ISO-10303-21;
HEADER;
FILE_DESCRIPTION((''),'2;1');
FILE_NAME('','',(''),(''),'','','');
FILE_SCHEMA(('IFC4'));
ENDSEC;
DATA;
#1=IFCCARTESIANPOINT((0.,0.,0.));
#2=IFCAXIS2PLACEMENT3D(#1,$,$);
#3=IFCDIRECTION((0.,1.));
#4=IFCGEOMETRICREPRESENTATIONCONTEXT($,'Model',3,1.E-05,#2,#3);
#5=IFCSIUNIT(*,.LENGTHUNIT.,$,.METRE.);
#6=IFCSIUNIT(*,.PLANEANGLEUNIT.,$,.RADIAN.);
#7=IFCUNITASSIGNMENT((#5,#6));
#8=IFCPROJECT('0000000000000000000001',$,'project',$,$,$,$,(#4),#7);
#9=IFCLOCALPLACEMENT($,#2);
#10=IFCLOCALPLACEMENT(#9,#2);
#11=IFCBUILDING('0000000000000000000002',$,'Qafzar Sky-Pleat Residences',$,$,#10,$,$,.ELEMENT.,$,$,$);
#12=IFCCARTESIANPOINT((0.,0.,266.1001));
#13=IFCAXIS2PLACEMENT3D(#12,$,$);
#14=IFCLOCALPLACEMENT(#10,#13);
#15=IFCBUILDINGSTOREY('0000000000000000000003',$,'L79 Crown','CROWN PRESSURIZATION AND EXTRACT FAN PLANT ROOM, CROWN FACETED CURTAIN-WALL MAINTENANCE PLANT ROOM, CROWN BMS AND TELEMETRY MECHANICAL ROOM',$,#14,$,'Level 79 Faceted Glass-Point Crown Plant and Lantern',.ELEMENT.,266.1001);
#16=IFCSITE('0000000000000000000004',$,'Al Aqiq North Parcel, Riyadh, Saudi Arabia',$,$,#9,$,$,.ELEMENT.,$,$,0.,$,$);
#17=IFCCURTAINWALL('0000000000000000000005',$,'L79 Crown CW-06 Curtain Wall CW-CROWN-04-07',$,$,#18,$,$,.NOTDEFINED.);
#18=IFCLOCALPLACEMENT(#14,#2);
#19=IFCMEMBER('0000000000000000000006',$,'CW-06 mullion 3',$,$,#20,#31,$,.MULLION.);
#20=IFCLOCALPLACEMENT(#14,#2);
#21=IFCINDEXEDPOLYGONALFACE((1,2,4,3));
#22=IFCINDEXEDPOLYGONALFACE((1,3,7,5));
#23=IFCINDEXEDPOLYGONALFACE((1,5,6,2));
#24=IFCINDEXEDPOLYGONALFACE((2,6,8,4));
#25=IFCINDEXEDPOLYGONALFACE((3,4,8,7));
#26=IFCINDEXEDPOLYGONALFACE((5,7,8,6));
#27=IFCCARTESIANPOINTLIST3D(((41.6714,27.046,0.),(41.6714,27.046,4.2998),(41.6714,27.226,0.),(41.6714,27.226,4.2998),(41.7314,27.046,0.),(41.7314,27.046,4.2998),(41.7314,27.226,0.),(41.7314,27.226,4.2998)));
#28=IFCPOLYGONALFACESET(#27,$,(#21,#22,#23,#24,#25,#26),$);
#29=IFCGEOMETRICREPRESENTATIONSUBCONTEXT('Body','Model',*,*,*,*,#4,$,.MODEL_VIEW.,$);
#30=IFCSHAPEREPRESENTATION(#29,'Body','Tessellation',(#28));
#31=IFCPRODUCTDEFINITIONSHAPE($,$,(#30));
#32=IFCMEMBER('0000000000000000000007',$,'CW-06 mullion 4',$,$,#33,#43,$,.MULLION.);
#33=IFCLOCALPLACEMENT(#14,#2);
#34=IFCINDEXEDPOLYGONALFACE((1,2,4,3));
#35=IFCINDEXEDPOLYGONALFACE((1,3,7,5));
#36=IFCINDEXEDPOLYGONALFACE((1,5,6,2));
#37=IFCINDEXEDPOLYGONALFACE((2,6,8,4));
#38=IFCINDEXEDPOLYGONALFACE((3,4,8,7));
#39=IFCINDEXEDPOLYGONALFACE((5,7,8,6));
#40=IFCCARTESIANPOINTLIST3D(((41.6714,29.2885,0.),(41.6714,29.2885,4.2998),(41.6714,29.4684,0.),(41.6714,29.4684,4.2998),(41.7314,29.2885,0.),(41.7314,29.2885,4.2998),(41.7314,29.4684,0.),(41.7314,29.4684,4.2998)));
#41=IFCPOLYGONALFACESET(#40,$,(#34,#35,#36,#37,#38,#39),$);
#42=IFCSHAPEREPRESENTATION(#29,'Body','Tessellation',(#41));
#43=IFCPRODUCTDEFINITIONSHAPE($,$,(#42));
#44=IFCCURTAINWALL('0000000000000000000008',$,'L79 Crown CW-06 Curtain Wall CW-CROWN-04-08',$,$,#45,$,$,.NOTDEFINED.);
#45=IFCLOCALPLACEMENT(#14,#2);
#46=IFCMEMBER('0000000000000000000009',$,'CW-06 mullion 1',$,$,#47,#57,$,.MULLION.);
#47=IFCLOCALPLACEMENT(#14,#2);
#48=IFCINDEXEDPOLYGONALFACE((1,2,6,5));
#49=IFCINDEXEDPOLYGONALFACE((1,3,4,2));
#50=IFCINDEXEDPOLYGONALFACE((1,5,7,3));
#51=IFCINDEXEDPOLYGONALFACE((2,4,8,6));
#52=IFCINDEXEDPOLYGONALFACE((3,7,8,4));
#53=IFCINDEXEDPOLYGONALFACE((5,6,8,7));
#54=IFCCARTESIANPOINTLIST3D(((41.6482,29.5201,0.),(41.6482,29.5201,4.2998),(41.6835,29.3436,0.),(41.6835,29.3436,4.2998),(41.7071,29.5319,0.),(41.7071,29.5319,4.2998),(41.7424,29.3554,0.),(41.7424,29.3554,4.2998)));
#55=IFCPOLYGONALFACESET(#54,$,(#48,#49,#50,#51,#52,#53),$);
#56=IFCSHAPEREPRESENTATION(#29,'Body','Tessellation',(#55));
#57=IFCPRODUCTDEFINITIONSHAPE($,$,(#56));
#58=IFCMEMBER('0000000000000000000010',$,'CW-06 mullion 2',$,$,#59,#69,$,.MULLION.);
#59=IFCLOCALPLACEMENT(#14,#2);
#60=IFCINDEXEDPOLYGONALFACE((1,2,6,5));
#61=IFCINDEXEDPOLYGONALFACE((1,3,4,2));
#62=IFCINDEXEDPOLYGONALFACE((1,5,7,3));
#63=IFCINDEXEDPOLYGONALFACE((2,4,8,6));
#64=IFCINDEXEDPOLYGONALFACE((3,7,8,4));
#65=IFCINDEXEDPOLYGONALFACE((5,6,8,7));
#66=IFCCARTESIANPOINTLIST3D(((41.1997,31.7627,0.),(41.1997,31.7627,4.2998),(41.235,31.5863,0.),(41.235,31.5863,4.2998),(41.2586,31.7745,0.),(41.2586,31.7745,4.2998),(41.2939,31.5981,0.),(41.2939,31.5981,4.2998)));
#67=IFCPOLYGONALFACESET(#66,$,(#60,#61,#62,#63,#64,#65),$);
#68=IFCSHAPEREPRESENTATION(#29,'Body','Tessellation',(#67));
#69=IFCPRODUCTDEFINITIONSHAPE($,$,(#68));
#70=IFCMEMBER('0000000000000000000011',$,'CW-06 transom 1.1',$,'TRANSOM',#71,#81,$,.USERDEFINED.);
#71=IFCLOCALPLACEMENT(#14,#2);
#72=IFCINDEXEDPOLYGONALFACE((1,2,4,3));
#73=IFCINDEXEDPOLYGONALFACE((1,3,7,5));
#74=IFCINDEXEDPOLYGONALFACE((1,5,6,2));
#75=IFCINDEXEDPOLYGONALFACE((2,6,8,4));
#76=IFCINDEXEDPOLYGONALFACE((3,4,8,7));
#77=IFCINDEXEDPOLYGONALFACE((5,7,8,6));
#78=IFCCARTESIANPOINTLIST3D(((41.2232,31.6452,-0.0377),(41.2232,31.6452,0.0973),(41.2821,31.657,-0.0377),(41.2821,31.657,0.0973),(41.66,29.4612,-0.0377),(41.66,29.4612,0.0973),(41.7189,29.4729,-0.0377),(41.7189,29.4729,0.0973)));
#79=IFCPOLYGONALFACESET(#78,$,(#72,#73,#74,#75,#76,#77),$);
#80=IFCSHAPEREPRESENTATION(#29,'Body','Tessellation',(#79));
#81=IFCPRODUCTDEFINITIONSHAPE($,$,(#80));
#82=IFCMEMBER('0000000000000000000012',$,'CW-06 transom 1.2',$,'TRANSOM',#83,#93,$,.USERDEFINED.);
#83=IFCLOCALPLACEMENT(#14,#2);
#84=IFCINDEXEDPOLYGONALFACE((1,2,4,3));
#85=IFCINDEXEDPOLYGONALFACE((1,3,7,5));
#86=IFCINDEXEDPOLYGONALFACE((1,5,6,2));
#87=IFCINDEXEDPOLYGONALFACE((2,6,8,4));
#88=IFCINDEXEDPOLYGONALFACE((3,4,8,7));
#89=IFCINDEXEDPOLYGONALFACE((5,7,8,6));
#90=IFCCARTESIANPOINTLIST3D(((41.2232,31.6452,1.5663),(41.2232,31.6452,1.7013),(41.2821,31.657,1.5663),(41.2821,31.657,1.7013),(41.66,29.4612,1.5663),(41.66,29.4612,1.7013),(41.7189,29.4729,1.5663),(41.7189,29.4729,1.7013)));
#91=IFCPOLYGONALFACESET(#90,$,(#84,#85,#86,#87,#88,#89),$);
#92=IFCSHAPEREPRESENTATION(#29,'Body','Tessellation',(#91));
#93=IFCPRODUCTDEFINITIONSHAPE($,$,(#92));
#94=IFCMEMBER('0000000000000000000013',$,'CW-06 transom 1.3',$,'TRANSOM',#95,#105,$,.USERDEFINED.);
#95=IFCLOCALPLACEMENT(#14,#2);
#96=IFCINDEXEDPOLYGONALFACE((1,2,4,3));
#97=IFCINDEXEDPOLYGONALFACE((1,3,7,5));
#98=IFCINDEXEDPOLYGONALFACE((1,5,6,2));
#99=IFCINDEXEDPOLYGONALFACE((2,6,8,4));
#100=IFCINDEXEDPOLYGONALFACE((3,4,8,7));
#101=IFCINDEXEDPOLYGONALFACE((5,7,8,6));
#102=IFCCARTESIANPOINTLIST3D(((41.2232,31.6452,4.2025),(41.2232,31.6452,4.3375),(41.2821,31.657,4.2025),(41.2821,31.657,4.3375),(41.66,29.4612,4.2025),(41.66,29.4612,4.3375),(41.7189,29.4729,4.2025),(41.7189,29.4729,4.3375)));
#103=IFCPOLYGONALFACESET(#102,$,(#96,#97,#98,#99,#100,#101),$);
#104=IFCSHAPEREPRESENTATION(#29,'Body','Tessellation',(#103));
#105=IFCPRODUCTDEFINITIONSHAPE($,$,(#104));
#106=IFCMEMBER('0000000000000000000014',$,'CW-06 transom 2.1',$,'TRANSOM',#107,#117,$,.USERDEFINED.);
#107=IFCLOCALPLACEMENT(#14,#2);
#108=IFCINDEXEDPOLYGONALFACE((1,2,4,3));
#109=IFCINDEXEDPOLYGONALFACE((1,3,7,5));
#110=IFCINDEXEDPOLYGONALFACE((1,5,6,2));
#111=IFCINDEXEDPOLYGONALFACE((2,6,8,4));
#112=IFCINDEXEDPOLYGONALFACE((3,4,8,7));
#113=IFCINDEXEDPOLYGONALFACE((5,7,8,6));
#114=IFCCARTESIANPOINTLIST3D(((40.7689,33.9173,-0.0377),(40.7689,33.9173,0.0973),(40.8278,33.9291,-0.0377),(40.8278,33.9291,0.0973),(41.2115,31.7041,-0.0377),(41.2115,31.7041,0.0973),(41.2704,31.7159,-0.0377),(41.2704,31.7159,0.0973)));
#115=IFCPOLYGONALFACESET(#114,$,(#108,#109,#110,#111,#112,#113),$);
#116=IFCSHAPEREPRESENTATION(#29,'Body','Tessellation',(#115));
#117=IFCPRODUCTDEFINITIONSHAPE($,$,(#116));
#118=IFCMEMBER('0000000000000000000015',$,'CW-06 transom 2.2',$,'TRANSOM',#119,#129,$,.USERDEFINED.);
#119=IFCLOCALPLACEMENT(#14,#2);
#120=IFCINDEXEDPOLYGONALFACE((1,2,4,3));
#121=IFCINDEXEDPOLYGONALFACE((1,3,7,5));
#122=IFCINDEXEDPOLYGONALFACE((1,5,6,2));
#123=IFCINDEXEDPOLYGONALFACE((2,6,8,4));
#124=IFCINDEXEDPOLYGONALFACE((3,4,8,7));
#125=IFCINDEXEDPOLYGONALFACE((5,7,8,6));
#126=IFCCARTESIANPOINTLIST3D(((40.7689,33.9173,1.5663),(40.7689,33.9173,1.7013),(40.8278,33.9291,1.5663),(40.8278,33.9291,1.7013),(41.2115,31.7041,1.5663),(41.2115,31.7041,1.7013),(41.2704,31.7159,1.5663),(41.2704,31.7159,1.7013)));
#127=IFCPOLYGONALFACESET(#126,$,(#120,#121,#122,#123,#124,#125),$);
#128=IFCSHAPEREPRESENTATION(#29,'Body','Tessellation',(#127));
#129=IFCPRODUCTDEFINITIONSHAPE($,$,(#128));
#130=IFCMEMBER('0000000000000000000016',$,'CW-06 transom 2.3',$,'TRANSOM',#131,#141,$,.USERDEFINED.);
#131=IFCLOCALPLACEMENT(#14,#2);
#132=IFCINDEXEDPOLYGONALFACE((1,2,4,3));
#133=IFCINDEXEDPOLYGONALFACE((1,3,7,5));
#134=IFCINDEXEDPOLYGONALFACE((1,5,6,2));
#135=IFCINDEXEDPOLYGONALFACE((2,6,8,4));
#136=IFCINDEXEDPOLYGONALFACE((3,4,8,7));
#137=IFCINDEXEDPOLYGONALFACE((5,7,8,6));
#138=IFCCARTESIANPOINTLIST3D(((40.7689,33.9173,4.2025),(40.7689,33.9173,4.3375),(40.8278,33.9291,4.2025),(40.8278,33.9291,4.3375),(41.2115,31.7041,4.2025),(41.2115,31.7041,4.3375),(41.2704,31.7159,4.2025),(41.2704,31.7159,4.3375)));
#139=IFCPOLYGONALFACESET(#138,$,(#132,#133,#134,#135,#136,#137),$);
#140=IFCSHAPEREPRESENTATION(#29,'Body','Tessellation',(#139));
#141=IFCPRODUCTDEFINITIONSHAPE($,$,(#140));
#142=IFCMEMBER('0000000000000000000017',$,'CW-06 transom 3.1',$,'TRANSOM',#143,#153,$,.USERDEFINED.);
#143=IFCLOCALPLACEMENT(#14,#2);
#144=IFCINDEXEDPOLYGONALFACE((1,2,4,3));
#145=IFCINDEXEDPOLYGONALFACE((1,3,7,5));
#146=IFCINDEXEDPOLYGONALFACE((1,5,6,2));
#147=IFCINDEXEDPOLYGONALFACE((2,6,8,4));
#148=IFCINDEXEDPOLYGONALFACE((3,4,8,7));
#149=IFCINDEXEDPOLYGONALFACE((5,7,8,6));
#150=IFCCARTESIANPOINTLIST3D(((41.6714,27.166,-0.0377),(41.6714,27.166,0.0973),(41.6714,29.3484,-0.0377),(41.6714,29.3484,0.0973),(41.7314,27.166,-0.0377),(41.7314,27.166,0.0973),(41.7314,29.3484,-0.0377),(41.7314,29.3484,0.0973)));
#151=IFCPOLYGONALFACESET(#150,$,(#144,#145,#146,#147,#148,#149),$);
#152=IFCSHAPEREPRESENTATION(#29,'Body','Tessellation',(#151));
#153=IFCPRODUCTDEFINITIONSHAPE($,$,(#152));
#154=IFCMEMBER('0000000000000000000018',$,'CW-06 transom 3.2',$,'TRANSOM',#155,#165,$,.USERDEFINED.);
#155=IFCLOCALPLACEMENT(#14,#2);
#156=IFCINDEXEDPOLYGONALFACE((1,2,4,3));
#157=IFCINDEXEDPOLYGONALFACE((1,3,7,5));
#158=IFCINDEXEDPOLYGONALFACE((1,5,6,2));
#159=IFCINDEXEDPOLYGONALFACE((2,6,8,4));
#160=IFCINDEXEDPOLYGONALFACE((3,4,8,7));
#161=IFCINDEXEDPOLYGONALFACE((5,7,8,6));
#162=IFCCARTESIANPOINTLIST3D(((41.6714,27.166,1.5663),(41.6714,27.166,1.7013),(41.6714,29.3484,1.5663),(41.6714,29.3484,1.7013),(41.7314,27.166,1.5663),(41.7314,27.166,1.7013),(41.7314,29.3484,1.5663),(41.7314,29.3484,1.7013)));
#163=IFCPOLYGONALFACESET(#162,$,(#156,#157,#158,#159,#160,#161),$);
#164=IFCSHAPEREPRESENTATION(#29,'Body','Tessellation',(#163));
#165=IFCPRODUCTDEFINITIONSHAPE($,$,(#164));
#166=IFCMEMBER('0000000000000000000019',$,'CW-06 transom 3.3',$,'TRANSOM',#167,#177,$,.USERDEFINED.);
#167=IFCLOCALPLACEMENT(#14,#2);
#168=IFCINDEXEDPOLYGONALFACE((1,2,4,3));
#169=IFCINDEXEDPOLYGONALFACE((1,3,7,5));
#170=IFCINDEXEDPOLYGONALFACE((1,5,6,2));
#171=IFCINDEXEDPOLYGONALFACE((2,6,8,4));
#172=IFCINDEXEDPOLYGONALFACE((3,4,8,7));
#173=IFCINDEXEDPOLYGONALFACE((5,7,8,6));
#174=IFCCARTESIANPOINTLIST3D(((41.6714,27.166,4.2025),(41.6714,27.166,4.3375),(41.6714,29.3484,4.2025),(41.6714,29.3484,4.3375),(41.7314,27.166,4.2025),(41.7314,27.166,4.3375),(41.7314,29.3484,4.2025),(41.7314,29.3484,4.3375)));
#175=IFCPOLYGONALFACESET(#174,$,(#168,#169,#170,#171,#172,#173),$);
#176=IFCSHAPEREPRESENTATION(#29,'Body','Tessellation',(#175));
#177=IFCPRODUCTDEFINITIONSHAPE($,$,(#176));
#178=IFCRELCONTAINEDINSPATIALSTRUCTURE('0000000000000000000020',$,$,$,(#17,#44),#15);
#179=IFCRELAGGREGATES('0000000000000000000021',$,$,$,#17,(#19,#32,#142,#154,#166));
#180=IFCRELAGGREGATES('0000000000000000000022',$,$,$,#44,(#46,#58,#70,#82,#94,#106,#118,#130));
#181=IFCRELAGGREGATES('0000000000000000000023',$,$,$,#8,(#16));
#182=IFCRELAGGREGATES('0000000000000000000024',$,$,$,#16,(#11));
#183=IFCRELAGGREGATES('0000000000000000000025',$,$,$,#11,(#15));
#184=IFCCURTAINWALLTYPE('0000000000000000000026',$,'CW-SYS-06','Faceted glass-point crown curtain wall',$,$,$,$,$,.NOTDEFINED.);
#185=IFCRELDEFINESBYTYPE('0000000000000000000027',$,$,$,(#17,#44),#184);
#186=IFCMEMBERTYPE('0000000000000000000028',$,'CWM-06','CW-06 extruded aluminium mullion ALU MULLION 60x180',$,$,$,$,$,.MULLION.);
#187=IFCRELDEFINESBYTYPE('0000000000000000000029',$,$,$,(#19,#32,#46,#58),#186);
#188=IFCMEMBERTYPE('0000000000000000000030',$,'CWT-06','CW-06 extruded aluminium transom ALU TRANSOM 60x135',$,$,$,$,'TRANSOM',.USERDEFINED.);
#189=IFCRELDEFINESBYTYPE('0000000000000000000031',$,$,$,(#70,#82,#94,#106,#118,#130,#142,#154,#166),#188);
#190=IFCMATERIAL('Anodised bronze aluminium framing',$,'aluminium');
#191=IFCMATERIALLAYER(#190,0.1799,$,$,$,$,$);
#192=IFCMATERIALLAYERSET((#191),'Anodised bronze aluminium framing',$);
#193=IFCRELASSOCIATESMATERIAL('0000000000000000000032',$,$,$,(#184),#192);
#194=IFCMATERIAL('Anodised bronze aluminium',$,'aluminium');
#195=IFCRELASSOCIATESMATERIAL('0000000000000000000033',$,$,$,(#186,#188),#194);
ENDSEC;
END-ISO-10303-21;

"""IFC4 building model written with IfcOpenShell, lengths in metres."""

from ifc_helpers import new_model, si_unit, direction, frame, origin, origin_2d, place, context, subcontext, project, spatial, rectangle, extrude, source, transform, mapped, material, layer, layer_set, material_profile, profile_set, type_object, element, aggregate, save


model = new_model("IFC4")

# Units and contexts
model_context = context("Model", 3, precision=1e-05, world=origin(), true_north=direction((0.0, 1.0)))
body_context = subcontext(model_context, "Body", "Model", "MODEL_VIEW")
ifc_project = project(units=[si_unit("LENGTHUNIT", "METRE"), si_unit("PLANEANGLEUNIT", "RADIAN")], contexts=[model_context])

# Site, building, storey
site_placement = place(None, origin())
site = spatial("IfcSite", under=ifc_project, at=site_placement, Name="Al Aqiq North Parcel, Riyadh, Saudi Arabia", CompositionType="ELEMENT", RefElevation=0.0)
building_placement = place(site_placement, origin())
building = spatial("IfcBuilding", under=site, at=building_placement, Name="Qafzar Sky-Pleat Residences", CompositionType="ELEMENT")
storey_placement = place(building_placement, frame((0.0, 0.0, 266.1001)))
storey = spatial("IfcBuildingStorey", under=building, at=storey_placement, Name="L79 Crown", Description="CROWN PRESSURIZATION AND EXTRACT FAN PLANT ROOM, CROWN FACETED CURTAIN-WALL MAINTENANCE PLANT ROOM, CROWN BMS AND TELEMETRY MECHANICAL ROOM", LongName="Level 79 Faceted Glass-Point Crown Plant and Lantern", CompositionType="ELEMENT", Elevation=266.1001)

# Curtain walls, members
ifc_material_1 = material(Name="Anodised bronze aluminium framing", Category="aluminium")
ifc_layer_1 = layer(ifc_material_1, 0.1799)
ifc_layer_set_1 = layer_set([ifc_layer_1], Name="Anodised bronze aluminium framing")
curtain_wall_type = type_object("IfcCurtainWallType", Name="CW-SYS-06", Description="Faceted glass-point crown curtain wall", PredefinedType="NOTDEFINED", material=ifc_layer_set_1)
curtain_wall_1_placement = place(storey_placement, origin())
curtain_wall_1 = element("IfcCurtainWall", 1, at=curtain_wall_1_placement, inside=storey, type_object=curtain_wall_type, Name="L79 Crown CW-06 Curtain Wall CW-CROWN-04-07", PredefinedType="NOTDEFINED")
ifc_material_2 = material(Name="Anodised bronze aluminium", Category="aluminium")
ifc_material_profile_1 = material_profile(ifc_material_2, rectangle(XDim=0.0601, YDim=0.1799, at=origin_2d()), Name="ALU MULLION 60x180")
ifc_profile_set_1 = profile_set([ifc_material_profile_1], Name="Anodised bronze aluminium")
member_type_1 = type_object("IfcMemberType", Name="CWM-06", Description="CW-06 extruded aluminium mullion ALU MULLION 60x180", PredefinedType="MULLION", material=ifc_profile_set_1)
shared_shape_1 = source(origin(), body_context, "Body", "SweptSolid", [
    extrude(rectangle(XDim=0.0601, YDim=0.1799, at=origin_2d()), origin(), (0.0, 0.0, 1.0), 4.2998),
])
member_1_placement = place(storey_placement, frame((41.7014, 27.136, 0.0), z_axis=(0.0, 0.0, 1.0), x_axis=(-1.0, 0.0, 0.0)))
member_1 = element("IfcMember", 2, at=member_1_placement, type_object=member_type_1, Name="CW-06 mullion 3", PredefinedType="MULLION", context=body_context, shape_type="MappedRepresentation", body=[
    mapped(shared_shape_1, transform((0.0, 0.0, 0.0), x_axis=(1.0, 0.0, 0.0), y_axis=(0.0, 1.0, 0.0), z_axis=(0.0, 0.0, 1.0), scale=1.0)),
])
member_2_placement = place(storey_placement, frame((41.7014, 29.3784, 0.0), z_axis=(0.0, 0.0, 1.0), x_axis=(-1.0, 0.0, 0.0)))
member_2 = element("IfcMember", 3, at=member_2_placement, type_object=member_type_1, Name="CW-06 mullion 4", PredefinedType="MULLION", context=body_context, shape_type="MappedRepresentation", body=[
    mapped(shared_shape_1, transform((0.0, 0.0, 0.0), x_axis=(1.0, 0.0, 0.0), y_axis=(0.0, 1.0, 0.0), z_axis=(0.0, 0.0, 1.0), scale=1.0)),
])
curtain_wall_2_placement = place(storey_placement, origin())
curtain_wall_2 = element("IfcCurtainWall", 4, at=curtain_wall_2_placement, inside=storey, type_object=curtain_wall_type, Name="L79 Crown CW-06 Curtain Wall CW-CROWN-04-08", PredefinedType="NOTDEFINED")
member_3_placement = place(storey_placement, frame((41.6953, 29.4377, 0.0), z_axis=(0.0, 0.0, 1.0), x_axis=(-0.980581, -0.196116, 0.0)))
member_3 = element("IfcMember", 5, at=member_3_placement, type_object=member_type_1, Name="CW-06 mullion 1", PredefinedType="MULLION", context=body_context, shape_type="MappedRepresentation", body=[
    mapped(shared_shape_1, transform((0.0, 0.0, 0.0), x_axis=(1.0, 0.0, 0.0), y_axis=(0.0, 1.0, 0.0), z_axis=(0.0, 0.0, 1.0), scale=1.0)),
])
member_4_placement = place(storey_placement, frame((41.2468, 31.6804, 0.0), z_axis=(0.0, 0.0, 1.0), x_axis=(-0.980581, -0.196116, 0.0)))
member_4 = element("IfcMember", 6, at=member_4_placement, type_object=member_type_1, Name="CW-06 mullion 2", PredefinedType="MULLION", context=body_context, shape_type="MappedRepresentation", body=[
    mapped(shared_shape_1, transform((0.0, 0.0, 0.0), x_axis=(1.0, 0.0, 0.0), y_axis=(0.0, 1.0, 0.0), z_axis=(0.0, 0.0, 1.0), scale=1.0)),
])
ifc_material_profile_2 = material_profile(ifc_material_2, rectangle(XDim=0.0601, YDim=0.135, at=origin_2d()), Name="ALU TRANSOM 60x135")
ifc_profile_set_2 = profile_set([ifc_material_profile_2], Name="Anodised bronze aluminium")
member_type_2 = type_object("IfcMemberType", Name="CWT-06", Description="CW-06 extruded aluminium transom ALU TRANSOM 60x135", ElementType="TRANSOM", PredefinedType="USERDEFINED", material=ifc_profile_set_2)
shared_shape_2 = source(origin(), body_context, "Body", "SweptSolid", [
    extrude(rectangle(XDim=0.0601, YDim=0.135, at=origin_2d()), origin(), (0.0, 0.0, 1.0), 2.2273),
])
member_5_placement = place(storey_placement, frame((41.6895, 29.467, 0.0298), z_axis=(-0.196095, 0.980585, 0.0), x_axis=(-0.980585, -0.196095, 0.0)))
member_5 = element("IfcMember", 7, at=member_5_placement, type_object=member_type_2, Name="CW-06 transom 1.1", ObjectType="TRANSOM", PredefinedType="USERDEFINED", context=body_context, shape_type="MappedRepresentation", body=[
    mapped(shared_shape_2, transform((0.0, 0.0, 0.0), x_axis=(1.0, 0.0, 0.0), y_axis=(0.0, 1.0, 0.0), z_axis=(0.0, 0.0, 1.0), scale=1.0)),
])
member_6_placement = place(storey_placement, frame((41.6895, 29.467, 1.6338), z_axis=(-0.196095, 0.980585, 0.0), x_axis=(-0.980585, -0.196095, 0.0)))
member_6 = element("IfcMember", 8, at=member_6_placement, type_object=member_type_2, Name="CW-06 transom 1.2", ObjectType="TRANSOM", PredefinedType="USERDEFINED", context=body_context, shape_type="MappedRepresentation", body=[
    mapped(shared_shape_2, transform((0.0, 0.0, 0.0), x_axis=(1.0, 0.0, 0.0), y_axis=(0.0, 1.0, 0.0), z_axis=(0.0, 0.0, 1.0), scale=1.0)),
])
member_7_placement = place(storey_placement, frame((41.6895, 29.467, 4.27), z_axis=(-0.196095, 0.980585, 0.0), x_axis=(-0.980585, -0.196095, 0.0)))
member_7 = element("IfcMember", 9, at=member_7_placement, type_object=member_type_2, Name="CW-06 transom 1.3", ObjectType="TRANSOM", PredefinedType="USERDEFINED", context=body_context, shape_type="MappedRepresentation", body=[
    mapped(shared_shape_2, transform((0.0, 0.0, 0.0), x_axis=(1.0, 0.0, 0.0), y_axis=(0.0, 1.0, 0.0), z_axis=(0.0, 0.0, 1.0), scale=1.0)),
])
shared_shape_3 = source(origin(), body_context, "Body", "SweptSolid", [
    extrude(rectangle(XDim=0.0601, YDim=0.135, at=origin_2d()), origin(), (0.0, 0.0, 1.0), 2.2571),
])
member_8_placement = place(storey_placement, frame((41.241, 31.71, 0.0298), z_axis=(-0.196116, 0.980581, 0.0), x_axis=(-0.980581, -0.196116, 0.0)))
member_8 = element("IfcMember", 10, at=member_8_placement, type_object=member_type_2, Name="CW-06 transom 2.1", ObjectType="TRANSOM", PredefinedType="USERDEFINED", context=body_context, shape_type="MappedRepresentation", body=[
    mapped(shared_shape_3, transform((0.0, 0.0, 0.0), x_axis=(1.0, 0.0, 0.0), y_axis=(0.0, 1.0, 0.0), z_axis=(0.0, 0.0, 1.0), scale=1.0)),
])
member_9_placement = place(storey_placement, frame((41.241, 31.71, 1.6338), z_axis=(-0.196116, 0.980581, 0.0), x_axis=(-0.980581, -0.196116, 0.0)))
member_9 = element("IfcMember", 11, at=member_9_placement, type_object=member_type_2, Name="CW-06 transom 2.2", ObjectType="TRANSOM", PredefinedType="USERDEFINED", context=body_context, shape_type="MappedRepresentation", body=[
    mapped(shared_shape_3, transform((0.0, 0.0, 0.0), x_axis=(1.0, 0.0, 0.0), y_axis=(0.0, 1.0, 0.0), z_axis=(0.0, 0.0, 1.0), scale=1.0)),
])
member_10_placement = place(storey_placement, frame((41.241, 31.71, 4.27), z_axis=(-0.196116, 0.980581, 0.0), x_axis=(-0.980581, -0.196116, 0.0)))
member_10 = element("IfcMember", 12, at=member_10_placement, type_object=member_type_2, Name="CW-06 transom 2.3", ObjectType="TRANSOM", PredefinedType="USERDEFINED", context=body_context, shape_type="MappedRepresentation", body=[
    mapped(shared_shape_3, transform((0.0, 0.0, 0.0), x_axis=(1.0, 0.0, 0.0), y_axis=(0.0, 1.0, 0.0), z_axis=(0.0, 0.0, 1.0), scale=1.0)),
])

# Members
shared_shape_4 = source(origin(), body_context, "Body", "SweptSolid", [
    extrude(rectangle(XDim=0.0601, YDim=0.135, at=origin_2d()), origin(), (0.0, 0.0, 1.0), 2.1824),
])
member_11_placement = place(storey_placement, frame((41.7014, 27.166, 0.0298), z_axis=(0.0, 1.0, 0.0), x_axis=(-1.0, 0.0, 0.0)))
member_11 = element("IfcMember", 13, at=member_11_placement, type_object=member_type_2, Name="CW-06 transom 3.1", ObjectType="TRANSOM", PredefinedType="USERDEFINED", context=body_context, shape_type="MappedRepresentation", body=[
    mapped(shared_shape_4, transform((0.0, 0.0, 0.0), x_axis=(1.0, 0.0, 0.0), y_axis=(0.0, 1.0, 0.0), z_axis=(0.0, 0.0, 1.0), scale=1.0)),
])
member_12_placement = place(storey_placement, frame((41.7014, 27.166, 1.6338), z_axis=(0.0, 1.0, 0.0), x_axis=(-1.0, 0.0, 0.0)))
member_12 = element("IfcMember", 14, at=member_12_placement, type_object=member_type_2, Name="CW-06 transom 3.2", ObjectType="TRANSOM", PredefinedType="USERDEFINED", context=body_context, shape_type="MappedRepresentation", body=[
    mapped(shared_shape_4, transform((0.0, 0.0, 0.0), x_axis=(1.0, 0.0, 0.0), y_axis=(0.0, 1.0, 0.0), z_axis=(0.0, 0.0, 1.0), scale=1.0)),
])
member_13_placement = place(storey_placement, frame((41.7014, 27.166, 4.27), z_axis=(0.0, 1.0, 0.0), x_axis=(-1.0, 0.0, 0.0)))
member_13 = element("IfcMember", 15, at=member_13_placement, type_object=member_type_2, Name="CW-06 transom 3.3", ObjectType="TRANSOM", PredefinedType="USERDEFINED", context=body_context, shape_type="MappedRepresentation", body=[
    mapped(shared_shape_4, transform((0.0, 0.0, 0.0), x_axis=(1.0, 0.0, 0.0), y_axis=(0.0, 1.0, 0.0), z_axis=(0.0, 0.0, 1.0), scale=1.0)),
])

aggregate(curtain_wall_1, [member_1, member_2, member_11, member_12, member_13])
aggregate(curtain_wall_2, [member_3, member_4, member_5, member_6, member_7, member_8, member_9, member_10])

save(model, "model.ifc")
